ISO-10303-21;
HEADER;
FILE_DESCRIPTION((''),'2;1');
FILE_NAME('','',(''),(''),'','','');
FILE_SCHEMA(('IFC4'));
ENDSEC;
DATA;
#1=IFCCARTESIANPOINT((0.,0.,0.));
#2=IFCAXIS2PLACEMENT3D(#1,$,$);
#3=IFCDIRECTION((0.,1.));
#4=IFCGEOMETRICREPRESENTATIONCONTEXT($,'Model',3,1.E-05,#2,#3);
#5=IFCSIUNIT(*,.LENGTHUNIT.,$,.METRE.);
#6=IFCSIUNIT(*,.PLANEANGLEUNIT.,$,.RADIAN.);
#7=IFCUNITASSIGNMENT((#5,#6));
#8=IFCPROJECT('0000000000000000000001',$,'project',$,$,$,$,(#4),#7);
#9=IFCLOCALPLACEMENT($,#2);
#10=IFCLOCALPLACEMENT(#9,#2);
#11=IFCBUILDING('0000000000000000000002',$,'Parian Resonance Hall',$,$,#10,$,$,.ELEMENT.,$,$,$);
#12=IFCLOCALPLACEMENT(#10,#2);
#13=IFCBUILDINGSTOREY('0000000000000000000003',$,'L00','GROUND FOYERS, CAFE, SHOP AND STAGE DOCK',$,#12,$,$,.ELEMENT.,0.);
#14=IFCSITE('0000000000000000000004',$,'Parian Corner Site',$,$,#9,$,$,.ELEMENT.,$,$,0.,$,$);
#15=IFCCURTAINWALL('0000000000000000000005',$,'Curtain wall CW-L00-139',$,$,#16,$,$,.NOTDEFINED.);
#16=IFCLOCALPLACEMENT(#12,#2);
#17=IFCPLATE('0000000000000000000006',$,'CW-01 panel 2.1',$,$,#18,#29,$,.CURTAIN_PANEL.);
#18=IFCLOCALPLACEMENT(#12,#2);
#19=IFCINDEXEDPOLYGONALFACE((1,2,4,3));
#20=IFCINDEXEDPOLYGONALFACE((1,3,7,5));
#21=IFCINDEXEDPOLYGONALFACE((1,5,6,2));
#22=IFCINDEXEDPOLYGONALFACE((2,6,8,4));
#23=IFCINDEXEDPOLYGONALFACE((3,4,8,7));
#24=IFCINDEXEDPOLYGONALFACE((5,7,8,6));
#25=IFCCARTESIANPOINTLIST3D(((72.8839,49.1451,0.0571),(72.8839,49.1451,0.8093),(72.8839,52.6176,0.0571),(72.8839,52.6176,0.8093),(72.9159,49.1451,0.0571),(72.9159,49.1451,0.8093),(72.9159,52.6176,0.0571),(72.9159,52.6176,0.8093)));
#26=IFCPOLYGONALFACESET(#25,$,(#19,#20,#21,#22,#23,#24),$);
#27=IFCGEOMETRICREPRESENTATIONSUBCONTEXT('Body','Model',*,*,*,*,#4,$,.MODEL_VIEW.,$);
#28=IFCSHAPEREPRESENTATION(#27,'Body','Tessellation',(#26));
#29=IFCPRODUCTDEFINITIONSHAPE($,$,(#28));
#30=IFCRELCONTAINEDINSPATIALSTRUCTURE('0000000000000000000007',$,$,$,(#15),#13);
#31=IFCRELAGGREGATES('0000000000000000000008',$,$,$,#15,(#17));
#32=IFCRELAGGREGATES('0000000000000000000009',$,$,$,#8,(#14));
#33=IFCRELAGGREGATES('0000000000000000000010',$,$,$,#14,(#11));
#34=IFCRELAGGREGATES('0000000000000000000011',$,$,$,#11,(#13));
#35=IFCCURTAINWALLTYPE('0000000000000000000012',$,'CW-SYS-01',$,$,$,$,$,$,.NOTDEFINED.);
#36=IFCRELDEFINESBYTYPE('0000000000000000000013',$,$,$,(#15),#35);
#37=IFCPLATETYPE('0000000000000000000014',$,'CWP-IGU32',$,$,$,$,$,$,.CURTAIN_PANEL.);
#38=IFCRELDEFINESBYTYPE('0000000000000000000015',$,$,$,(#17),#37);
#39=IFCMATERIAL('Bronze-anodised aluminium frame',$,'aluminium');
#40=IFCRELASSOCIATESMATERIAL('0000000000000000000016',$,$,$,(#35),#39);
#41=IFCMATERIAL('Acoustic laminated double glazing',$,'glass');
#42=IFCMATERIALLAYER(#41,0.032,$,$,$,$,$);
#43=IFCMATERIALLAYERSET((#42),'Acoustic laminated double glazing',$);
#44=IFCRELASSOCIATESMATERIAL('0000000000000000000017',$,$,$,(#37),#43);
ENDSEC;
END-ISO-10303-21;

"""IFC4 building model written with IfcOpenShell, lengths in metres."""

from ifc_helpers import new_model, si_unit, direction, frame, origin, origin_2d, place, context, subcontext, project, spatial, rectangle, extrude, material, layer, layer_set, type_object, element, aggregate, save


model = new_model("IFC4")

# Units and contexts
model_context = context("Model", 3, precision=1e-05, world=origin(), true_north=direction((0.0, 1.0)))
body_context = subcontext(model_context, "Body", "Model", "MODEL_VIEW")
ifc_project = project(units=[si_unit("LENGTHUNIT", "METRE"), si_unit("PLANEANGLEUNIT", "RADIAN")], contexts=[model_context])

# Site, building, storey
site_placement = place(None, origin())
site = spatial("IfcSite", under=ifc_project, at=site_placement, Name="Parian Corner Site", CompositionType="ELEMENT", RefElevation=0.0)
building_placement = place(site_placement, origin())
building = spatial("IfcBuilding", under=site, at=building_placement, Name="Parian Resonance Hall", CompositionType="ELEMENT")
storey_placement = place(building_placement, origin())
storey = spatial("IfcBuildingStorey", under=building, at=storey_placement, Name="L00", Description="GROUND FOYERS, CAFE, SHOP AND STAGE DOCK", CompositionType="ELEMENT", Elevation=0.0)

# Curtain wall
ifc_material_1 = material(Name="Bronze-anodised aluminium frame", Category="aluminium")
curtain_wall_type_1 = type_object("IfcCurtainWallType", Name="CW-SYS-01", PredefinedType="NOTDEFINED", material=ifc_material_1)
curtain_wall_1_placement = place(storey_placement, origin())
curtain_wall_1 = element("IfcCurtainWall", 1, at=curtain_wall_1_placement, inside=storey, type_object=curtain_wall_type_1, Name="Curtain wall CW-L00-139", PredefinedType="NOTDEFINED")

# Plate
ifc_material_2 = material(Name="Acoustic laminated double glazing", Category="glass")
ifc_layer = layer(ifc_material_2, 0.032)
ifc_layer_set = layer_set([ifc_layer], Name="Acoustic laminated double glazing")
plate_type = type_object("IfcPlateType", Name="CWP-IGU32", PredefinedType="CURTAIN_PANEL", material=ifc_layer_set)
plate_1_placement = place(storey_placement, frame((72.8999, 50.8813, 0.0571), z_axis=(0.0, 0.0, 1.0), x_axis=(0.0, -1.0, 0.0)))
plate_1 = element("IfcPlate", 2, at=plate_1_placement, type_object=plate_type, Name="CW-01 panel 2.1", PredefinedType="CURTAIN_PANEL", context=body_context, shape_type="SweptSolid", body=[
    extrude(rectangle(XDim=3.4724, YDim=0.032, at=origin_2d()), origin(), (0.0, 0.0, 1.0), 0.7522),
])
aggregate(curtain_wall_1, [plate_1])

save(model, "model.ifc")
